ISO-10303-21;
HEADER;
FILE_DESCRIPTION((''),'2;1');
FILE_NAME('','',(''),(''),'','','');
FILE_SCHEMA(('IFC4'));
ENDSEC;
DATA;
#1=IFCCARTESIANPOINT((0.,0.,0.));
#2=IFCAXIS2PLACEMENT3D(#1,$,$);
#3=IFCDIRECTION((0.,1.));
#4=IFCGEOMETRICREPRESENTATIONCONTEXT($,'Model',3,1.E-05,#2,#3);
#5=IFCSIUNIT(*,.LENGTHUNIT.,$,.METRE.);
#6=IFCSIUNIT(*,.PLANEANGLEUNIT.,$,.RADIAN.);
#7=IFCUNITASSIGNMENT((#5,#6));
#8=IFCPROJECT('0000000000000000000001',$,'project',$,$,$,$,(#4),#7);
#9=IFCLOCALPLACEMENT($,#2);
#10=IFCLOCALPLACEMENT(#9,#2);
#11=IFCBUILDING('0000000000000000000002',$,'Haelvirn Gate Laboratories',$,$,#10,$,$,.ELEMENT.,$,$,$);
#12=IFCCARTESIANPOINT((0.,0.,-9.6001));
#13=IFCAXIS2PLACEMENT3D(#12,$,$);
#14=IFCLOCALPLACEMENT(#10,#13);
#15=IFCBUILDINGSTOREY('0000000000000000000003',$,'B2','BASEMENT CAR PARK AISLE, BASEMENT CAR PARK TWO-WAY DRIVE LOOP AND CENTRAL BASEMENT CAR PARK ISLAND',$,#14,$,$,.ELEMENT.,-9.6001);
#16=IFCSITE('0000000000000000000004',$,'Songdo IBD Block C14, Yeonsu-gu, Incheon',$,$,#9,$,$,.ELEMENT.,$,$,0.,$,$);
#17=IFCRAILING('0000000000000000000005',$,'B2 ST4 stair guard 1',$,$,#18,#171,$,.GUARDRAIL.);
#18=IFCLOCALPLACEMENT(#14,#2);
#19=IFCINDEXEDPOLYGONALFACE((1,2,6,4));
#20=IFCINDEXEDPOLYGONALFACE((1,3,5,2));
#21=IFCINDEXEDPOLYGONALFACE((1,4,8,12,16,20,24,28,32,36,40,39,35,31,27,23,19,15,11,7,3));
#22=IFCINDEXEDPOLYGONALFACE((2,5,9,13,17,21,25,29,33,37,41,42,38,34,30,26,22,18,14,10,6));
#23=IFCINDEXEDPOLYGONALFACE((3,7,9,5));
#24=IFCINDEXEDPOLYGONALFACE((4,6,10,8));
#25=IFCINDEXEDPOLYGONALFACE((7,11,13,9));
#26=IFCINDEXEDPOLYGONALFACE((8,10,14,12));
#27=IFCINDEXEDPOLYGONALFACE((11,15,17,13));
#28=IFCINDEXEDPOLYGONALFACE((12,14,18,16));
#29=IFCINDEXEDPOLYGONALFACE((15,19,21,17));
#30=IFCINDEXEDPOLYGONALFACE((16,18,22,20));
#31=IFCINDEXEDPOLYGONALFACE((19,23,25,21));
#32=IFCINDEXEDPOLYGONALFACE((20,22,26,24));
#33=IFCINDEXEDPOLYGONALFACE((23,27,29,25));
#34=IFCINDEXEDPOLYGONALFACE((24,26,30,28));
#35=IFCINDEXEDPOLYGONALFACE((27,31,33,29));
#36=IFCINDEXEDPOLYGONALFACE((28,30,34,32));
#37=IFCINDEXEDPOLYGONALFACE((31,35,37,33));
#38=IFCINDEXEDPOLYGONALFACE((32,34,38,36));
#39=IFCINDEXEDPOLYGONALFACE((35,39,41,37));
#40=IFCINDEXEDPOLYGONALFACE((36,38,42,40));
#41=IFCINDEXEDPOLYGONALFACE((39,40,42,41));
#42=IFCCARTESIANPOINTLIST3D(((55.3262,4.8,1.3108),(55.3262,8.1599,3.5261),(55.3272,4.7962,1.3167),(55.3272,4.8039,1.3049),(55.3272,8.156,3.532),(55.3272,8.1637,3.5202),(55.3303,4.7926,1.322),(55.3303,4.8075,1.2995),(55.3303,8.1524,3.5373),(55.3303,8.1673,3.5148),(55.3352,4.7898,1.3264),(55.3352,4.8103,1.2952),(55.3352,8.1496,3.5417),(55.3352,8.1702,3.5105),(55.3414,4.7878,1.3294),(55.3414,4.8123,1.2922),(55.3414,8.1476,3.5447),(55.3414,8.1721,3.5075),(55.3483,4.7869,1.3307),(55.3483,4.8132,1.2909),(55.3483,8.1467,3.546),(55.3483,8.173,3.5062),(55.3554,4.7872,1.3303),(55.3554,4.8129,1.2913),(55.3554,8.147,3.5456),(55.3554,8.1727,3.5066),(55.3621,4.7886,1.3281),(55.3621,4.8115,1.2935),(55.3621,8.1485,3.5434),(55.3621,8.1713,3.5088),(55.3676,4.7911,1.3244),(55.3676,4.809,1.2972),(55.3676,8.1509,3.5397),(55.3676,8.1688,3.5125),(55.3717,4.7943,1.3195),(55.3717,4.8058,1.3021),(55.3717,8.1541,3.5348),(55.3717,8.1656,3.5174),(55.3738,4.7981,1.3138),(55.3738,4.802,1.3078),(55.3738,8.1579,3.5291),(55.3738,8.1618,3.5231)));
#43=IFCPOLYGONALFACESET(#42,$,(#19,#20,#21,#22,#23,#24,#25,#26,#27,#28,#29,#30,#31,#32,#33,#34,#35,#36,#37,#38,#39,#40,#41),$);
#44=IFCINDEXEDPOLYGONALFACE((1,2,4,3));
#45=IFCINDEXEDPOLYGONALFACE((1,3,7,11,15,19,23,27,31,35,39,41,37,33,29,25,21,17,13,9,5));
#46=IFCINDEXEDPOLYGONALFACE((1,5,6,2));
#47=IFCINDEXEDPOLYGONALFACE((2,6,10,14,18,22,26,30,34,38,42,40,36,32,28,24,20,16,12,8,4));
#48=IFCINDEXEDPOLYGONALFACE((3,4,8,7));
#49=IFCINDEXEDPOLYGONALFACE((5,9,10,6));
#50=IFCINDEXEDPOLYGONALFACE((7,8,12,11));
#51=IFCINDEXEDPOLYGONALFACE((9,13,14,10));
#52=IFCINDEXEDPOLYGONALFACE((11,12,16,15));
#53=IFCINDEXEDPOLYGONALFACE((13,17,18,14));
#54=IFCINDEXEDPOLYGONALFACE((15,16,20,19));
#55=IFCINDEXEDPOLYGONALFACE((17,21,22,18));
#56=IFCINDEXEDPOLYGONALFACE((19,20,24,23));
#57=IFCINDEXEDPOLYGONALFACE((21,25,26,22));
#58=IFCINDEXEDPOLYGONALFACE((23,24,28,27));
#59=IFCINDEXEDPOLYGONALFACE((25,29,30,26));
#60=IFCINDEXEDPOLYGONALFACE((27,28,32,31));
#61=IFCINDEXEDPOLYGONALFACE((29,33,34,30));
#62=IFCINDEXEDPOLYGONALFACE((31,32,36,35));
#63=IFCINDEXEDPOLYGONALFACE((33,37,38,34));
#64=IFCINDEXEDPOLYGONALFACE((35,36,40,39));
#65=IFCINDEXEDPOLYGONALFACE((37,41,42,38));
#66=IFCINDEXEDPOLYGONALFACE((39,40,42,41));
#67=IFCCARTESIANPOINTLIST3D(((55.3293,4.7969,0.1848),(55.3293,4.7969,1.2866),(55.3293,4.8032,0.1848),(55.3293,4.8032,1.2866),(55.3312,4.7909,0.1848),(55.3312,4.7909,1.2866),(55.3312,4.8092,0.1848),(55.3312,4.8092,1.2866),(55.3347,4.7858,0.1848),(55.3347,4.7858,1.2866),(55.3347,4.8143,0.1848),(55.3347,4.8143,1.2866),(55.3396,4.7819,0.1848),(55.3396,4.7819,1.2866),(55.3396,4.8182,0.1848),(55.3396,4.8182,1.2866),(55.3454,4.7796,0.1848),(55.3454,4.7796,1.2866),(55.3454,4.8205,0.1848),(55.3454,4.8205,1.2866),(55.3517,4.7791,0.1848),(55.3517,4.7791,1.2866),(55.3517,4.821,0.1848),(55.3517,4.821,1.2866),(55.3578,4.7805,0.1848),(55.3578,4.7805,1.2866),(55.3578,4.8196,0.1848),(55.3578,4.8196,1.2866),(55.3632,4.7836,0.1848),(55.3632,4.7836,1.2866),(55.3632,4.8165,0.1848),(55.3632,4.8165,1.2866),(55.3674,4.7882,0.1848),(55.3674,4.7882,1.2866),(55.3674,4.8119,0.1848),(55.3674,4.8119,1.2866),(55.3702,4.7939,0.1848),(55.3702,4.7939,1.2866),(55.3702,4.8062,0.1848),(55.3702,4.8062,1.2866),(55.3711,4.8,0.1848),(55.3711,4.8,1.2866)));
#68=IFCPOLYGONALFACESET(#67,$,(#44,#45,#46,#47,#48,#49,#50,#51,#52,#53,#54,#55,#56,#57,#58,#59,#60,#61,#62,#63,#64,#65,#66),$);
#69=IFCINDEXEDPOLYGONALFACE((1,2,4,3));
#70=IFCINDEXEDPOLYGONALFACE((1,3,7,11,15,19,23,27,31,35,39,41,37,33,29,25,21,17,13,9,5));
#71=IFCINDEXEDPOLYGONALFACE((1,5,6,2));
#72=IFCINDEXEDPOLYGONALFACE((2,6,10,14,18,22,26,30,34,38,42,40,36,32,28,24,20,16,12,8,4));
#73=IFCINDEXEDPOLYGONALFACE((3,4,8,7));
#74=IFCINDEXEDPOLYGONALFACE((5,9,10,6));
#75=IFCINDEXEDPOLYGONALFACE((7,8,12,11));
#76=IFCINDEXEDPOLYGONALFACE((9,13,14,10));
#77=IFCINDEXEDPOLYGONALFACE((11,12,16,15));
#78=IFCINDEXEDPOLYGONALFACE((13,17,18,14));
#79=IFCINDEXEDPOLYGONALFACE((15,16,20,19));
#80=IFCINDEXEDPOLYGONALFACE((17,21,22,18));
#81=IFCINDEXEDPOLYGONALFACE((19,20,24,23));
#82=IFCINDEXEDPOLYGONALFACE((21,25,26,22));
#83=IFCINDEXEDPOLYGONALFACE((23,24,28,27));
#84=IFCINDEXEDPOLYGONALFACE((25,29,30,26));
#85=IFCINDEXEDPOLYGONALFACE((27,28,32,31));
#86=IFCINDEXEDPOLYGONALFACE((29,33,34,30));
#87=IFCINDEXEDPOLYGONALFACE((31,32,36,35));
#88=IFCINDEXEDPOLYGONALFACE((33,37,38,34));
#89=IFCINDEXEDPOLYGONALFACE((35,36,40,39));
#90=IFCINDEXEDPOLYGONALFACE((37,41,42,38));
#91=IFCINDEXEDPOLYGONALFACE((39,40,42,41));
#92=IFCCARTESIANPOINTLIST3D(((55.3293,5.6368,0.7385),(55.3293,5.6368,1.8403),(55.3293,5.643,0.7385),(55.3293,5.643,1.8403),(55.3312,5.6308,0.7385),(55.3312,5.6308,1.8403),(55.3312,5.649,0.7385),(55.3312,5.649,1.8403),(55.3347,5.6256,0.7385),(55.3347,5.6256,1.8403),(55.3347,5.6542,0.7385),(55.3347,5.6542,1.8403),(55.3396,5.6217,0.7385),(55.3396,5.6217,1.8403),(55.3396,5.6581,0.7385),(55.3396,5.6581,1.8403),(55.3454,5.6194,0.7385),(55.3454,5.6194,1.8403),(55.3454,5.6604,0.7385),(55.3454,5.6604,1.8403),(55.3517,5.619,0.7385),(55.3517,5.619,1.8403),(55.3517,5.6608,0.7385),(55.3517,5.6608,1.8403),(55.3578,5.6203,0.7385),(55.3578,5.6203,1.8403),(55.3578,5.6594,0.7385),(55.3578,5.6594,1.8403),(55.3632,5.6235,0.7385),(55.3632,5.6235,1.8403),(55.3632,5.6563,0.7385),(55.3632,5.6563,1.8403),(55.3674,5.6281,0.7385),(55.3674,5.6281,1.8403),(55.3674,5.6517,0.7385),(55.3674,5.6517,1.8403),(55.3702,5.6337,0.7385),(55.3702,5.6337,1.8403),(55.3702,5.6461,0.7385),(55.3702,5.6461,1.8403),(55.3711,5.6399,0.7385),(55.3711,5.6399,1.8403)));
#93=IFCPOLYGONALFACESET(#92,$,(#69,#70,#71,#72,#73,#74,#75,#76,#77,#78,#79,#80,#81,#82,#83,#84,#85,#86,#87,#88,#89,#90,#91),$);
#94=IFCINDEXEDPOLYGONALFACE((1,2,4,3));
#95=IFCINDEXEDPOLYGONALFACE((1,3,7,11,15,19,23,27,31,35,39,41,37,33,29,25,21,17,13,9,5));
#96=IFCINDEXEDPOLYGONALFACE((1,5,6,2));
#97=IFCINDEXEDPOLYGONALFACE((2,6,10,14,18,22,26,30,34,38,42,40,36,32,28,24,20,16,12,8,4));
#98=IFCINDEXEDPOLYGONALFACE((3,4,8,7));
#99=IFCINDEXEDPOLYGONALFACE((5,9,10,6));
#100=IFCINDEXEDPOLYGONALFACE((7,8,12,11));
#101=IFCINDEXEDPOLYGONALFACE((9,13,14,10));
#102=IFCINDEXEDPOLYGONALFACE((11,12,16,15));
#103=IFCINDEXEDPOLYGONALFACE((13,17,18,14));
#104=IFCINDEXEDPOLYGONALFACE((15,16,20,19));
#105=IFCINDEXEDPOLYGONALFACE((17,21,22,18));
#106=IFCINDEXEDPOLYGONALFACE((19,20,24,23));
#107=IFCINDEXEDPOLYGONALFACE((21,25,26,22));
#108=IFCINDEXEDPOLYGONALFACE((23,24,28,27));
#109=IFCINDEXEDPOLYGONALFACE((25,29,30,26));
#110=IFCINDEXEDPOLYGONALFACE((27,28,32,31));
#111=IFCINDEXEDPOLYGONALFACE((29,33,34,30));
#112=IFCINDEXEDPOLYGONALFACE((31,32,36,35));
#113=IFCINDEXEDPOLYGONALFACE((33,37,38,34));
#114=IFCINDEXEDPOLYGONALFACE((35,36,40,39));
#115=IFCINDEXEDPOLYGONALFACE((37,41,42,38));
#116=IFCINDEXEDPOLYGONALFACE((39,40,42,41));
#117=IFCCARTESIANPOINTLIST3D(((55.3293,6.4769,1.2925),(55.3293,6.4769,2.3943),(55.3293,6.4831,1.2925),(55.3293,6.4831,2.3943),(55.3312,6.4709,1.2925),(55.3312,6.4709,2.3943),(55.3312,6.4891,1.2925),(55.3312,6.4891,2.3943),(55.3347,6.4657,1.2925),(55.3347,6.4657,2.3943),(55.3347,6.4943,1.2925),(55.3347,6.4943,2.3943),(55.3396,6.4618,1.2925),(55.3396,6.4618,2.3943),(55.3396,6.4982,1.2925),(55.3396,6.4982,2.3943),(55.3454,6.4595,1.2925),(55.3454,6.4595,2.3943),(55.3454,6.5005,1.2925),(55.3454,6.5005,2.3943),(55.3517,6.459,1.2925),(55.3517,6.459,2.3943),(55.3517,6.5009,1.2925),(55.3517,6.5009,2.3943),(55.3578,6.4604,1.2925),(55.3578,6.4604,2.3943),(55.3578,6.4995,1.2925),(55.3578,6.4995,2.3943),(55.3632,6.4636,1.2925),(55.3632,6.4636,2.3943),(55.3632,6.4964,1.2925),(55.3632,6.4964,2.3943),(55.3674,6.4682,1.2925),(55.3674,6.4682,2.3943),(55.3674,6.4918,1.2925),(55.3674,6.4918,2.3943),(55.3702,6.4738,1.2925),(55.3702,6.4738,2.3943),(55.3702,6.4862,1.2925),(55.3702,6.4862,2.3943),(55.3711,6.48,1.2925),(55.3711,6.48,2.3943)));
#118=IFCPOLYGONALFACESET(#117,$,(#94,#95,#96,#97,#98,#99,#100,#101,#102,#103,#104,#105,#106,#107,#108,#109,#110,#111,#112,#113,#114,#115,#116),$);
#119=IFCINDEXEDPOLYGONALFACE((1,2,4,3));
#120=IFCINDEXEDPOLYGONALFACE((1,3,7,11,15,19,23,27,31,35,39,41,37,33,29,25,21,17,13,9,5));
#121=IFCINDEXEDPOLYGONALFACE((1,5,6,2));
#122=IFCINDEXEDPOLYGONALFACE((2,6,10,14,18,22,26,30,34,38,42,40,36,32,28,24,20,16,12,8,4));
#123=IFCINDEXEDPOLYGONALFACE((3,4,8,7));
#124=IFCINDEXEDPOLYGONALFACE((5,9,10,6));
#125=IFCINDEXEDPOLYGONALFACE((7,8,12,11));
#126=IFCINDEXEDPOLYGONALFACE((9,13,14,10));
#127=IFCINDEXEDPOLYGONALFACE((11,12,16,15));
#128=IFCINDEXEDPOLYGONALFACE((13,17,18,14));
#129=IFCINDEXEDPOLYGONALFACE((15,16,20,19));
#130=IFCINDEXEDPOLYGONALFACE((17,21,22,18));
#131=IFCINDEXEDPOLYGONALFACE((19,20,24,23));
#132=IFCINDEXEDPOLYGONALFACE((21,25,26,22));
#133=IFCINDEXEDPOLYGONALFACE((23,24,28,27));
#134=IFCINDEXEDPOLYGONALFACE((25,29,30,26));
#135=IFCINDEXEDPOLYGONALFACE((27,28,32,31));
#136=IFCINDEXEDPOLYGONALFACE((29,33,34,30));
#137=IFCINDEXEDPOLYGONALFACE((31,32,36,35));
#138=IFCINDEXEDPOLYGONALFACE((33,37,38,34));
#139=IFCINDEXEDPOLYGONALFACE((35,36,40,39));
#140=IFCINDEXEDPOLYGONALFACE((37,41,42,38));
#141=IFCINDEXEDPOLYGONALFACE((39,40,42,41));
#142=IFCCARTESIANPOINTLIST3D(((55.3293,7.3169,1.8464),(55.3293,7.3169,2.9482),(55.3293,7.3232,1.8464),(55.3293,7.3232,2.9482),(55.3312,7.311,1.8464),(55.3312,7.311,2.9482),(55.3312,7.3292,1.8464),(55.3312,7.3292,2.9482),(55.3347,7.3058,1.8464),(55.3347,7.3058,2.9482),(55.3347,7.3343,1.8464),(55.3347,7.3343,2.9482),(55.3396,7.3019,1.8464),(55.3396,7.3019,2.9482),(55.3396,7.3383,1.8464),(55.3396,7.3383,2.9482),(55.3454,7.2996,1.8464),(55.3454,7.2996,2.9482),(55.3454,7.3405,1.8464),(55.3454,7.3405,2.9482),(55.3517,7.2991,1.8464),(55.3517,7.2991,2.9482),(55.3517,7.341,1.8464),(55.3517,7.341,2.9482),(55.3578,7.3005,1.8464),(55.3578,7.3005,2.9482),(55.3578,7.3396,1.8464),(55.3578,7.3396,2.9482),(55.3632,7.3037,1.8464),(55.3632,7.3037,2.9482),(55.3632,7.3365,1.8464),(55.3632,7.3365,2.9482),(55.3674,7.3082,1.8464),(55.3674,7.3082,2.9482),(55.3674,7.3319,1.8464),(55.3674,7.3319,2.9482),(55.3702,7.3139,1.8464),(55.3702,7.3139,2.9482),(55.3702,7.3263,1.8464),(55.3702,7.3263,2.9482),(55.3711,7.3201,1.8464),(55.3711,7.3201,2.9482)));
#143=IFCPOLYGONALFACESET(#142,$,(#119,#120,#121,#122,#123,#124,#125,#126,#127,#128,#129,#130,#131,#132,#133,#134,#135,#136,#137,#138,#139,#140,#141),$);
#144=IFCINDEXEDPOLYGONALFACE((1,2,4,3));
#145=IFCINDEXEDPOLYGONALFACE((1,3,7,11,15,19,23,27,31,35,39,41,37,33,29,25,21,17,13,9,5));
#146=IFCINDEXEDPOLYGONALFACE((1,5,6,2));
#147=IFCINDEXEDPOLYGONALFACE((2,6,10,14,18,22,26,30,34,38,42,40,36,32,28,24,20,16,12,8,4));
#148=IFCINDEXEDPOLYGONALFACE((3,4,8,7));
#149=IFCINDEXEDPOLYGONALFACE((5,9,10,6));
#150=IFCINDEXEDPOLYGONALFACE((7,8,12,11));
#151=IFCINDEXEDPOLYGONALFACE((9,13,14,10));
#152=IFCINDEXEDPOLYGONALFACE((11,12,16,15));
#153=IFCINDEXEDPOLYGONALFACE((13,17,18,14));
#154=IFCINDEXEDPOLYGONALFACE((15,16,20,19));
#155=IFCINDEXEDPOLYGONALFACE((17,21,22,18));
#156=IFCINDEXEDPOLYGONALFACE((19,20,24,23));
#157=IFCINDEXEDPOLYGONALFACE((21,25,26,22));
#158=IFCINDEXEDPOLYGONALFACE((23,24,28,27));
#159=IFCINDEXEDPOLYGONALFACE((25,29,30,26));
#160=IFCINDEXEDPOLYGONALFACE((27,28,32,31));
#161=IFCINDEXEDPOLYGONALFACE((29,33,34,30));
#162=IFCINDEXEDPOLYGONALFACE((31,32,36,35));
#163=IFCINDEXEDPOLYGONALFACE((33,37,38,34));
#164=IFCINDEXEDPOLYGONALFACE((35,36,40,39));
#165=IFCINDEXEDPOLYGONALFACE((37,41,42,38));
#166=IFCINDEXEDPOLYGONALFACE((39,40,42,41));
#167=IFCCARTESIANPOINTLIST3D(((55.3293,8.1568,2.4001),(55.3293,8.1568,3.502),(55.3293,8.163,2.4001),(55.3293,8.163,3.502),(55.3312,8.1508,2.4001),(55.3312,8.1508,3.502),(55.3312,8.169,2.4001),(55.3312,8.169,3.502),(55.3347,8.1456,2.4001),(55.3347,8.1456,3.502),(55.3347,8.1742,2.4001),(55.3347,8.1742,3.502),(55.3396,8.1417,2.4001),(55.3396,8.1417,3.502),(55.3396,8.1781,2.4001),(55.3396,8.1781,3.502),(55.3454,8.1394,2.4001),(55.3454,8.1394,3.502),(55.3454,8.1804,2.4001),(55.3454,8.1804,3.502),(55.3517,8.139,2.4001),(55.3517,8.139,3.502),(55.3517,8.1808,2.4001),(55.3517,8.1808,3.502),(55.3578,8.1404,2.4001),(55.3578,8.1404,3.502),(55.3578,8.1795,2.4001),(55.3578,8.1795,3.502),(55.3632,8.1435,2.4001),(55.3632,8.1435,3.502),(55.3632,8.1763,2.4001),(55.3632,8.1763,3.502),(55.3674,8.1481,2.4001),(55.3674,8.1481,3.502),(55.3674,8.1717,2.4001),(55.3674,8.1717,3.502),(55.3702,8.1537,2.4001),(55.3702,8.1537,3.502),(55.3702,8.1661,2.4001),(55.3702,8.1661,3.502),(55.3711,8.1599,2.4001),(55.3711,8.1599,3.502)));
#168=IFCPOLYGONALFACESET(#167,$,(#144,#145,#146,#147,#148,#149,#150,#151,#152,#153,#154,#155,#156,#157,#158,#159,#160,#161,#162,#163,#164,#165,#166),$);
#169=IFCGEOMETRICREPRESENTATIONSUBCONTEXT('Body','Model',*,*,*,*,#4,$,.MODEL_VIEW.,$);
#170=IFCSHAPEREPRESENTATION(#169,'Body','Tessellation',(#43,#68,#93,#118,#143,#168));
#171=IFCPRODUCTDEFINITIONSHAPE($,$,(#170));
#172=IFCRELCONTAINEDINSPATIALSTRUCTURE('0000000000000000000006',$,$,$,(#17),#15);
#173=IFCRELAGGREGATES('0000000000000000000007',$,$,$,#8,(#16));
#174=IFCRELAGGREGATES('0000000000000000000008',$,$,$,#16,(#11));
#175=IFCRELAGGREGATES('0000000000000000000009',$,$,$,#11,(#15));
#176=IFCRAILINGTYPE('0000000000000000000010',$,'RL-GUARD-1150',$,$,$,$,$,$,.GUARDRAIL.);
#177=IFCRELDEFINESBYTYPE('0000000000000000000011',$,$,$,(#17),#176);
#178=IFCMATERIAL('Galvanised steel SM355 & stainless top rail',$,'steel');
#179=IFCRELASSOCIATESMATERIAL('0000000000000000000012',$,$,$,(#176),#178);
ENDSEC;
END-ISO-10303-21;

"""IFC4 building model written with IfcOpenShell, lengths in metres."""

from ifc_helpers import new_model, si_unit, direction, frame, origin, origin_2d, place, context, subcontext, project, spatial, circle, extrude, source, transform, mapped, material, type_object, type_shapes, element, save


model = new_model("IFC4")

# Units and contexts
model_context = context("Model", 3, precision=1e-05, world=origin(), true_north=direction((0.0, 1.0)))
body_context = subcontext(model_context, "Body", "Model", "MODEL_VIEW")
ifc_project = project(units=[si_unit("LENGTHUNIT", "METRE"), si_unit("PLANEANGLEUNIT", "RADIAN")], contexts=[model_context])

# Site, building, storey
site_placement = place(None, origin())
site = spatial("IfcSite", under=ifc_project, at=site_placement, Name="Songdo IBD Block C14, Yeonsu-gu, Incheon", CompositionType="ELEMENT", RefElevation=0.0)
building_placement = place(site_placement, origin())
building = spatial("IfcBuilding", under=site, at=building_placement, Name="Haelvirn Gate Laboratories", CompositionType="ELEMENT")
storey_placement = place(building_placement, frame((0.0, 0.0, -9.6001)))
storey = spatial("IfcBuildingStorey", under=building, at=storey_placement, Name="B2", Description="BASEMENT CAR PARK AISLE, BASEMENT CAR PARK TWO-WAY DRIVE LOOP AND CENTRAL BASEMENT CAR PARK ISLAND", CompositionType="ELEMENT", Elevation=-9.6001)

# Railing
ifc_material_1 = material(Name="Galvanised steel SM355 & stainless top rail", Category="steel")
railing_type_1 = type_object("IfcRailingType", Name="RL-GUARD-1150", PredefinedType="GUARDRAIL", material=ifc_material_1)
shared_shape_1 = source(origin(), body_context, "Body", "SweptSolid", [
    extrude(circle(Radius=0.0239, at=origin_2d()), frame((0.0, 0.0, 1.126), z_axis=(0.0, 0.834858, 0.550465), x_axis=(-1.0, 0.0, 0.0)), (0.0, 0.0, 1.0), 4.0244),
    extrude(circle(Radius=0.021, at=origin_2d()), origin(), (0.0, 0.0, 1.0), 1.1018),
    extrude(circle(Radius=0.021, at=origin_2d()), frame((0.0, 0.8398, 0.5537)), (0.0, 0.0, 1.0), 1.1018),
    extrude(circle(Radius=0.021, at=origin_2d()), frame((0.0, 1.6799, 1.1077)), (0.0, 0.0, 1.0), 1.1018),
    extrude(circle(Radius=0.021, at=origin_2d()), frame((0.0, 2.52, 1.6616)), (0.0, 0.0, 1.0), 1.1018),
    extrude(circle(Radius=0.021, at=origin_2d()), frame((0.0, 3.3599, 2.2153)), (0.0, 0.0, 1.0), 1.1018),
])
type_shapes(railing_type_1, [shared_shape_1])
railing_1_placement = place(storey_placement, frame((55.3501, 4.8, 0.1848)))
element("IfcRailing", 1, at=railing_1_placement, inside=storey, type_object=railing_type_1, Name="B2 ST4 stair guard 1", PredefinedType="GUARDRAIL", context=body_context, shape_type="MappedRepresentation", body=[
    mapped(shared_shape_1, transform((0.0, 0.0, 0.0), scale=1.0)),
])

save(model, "model.ifc")
